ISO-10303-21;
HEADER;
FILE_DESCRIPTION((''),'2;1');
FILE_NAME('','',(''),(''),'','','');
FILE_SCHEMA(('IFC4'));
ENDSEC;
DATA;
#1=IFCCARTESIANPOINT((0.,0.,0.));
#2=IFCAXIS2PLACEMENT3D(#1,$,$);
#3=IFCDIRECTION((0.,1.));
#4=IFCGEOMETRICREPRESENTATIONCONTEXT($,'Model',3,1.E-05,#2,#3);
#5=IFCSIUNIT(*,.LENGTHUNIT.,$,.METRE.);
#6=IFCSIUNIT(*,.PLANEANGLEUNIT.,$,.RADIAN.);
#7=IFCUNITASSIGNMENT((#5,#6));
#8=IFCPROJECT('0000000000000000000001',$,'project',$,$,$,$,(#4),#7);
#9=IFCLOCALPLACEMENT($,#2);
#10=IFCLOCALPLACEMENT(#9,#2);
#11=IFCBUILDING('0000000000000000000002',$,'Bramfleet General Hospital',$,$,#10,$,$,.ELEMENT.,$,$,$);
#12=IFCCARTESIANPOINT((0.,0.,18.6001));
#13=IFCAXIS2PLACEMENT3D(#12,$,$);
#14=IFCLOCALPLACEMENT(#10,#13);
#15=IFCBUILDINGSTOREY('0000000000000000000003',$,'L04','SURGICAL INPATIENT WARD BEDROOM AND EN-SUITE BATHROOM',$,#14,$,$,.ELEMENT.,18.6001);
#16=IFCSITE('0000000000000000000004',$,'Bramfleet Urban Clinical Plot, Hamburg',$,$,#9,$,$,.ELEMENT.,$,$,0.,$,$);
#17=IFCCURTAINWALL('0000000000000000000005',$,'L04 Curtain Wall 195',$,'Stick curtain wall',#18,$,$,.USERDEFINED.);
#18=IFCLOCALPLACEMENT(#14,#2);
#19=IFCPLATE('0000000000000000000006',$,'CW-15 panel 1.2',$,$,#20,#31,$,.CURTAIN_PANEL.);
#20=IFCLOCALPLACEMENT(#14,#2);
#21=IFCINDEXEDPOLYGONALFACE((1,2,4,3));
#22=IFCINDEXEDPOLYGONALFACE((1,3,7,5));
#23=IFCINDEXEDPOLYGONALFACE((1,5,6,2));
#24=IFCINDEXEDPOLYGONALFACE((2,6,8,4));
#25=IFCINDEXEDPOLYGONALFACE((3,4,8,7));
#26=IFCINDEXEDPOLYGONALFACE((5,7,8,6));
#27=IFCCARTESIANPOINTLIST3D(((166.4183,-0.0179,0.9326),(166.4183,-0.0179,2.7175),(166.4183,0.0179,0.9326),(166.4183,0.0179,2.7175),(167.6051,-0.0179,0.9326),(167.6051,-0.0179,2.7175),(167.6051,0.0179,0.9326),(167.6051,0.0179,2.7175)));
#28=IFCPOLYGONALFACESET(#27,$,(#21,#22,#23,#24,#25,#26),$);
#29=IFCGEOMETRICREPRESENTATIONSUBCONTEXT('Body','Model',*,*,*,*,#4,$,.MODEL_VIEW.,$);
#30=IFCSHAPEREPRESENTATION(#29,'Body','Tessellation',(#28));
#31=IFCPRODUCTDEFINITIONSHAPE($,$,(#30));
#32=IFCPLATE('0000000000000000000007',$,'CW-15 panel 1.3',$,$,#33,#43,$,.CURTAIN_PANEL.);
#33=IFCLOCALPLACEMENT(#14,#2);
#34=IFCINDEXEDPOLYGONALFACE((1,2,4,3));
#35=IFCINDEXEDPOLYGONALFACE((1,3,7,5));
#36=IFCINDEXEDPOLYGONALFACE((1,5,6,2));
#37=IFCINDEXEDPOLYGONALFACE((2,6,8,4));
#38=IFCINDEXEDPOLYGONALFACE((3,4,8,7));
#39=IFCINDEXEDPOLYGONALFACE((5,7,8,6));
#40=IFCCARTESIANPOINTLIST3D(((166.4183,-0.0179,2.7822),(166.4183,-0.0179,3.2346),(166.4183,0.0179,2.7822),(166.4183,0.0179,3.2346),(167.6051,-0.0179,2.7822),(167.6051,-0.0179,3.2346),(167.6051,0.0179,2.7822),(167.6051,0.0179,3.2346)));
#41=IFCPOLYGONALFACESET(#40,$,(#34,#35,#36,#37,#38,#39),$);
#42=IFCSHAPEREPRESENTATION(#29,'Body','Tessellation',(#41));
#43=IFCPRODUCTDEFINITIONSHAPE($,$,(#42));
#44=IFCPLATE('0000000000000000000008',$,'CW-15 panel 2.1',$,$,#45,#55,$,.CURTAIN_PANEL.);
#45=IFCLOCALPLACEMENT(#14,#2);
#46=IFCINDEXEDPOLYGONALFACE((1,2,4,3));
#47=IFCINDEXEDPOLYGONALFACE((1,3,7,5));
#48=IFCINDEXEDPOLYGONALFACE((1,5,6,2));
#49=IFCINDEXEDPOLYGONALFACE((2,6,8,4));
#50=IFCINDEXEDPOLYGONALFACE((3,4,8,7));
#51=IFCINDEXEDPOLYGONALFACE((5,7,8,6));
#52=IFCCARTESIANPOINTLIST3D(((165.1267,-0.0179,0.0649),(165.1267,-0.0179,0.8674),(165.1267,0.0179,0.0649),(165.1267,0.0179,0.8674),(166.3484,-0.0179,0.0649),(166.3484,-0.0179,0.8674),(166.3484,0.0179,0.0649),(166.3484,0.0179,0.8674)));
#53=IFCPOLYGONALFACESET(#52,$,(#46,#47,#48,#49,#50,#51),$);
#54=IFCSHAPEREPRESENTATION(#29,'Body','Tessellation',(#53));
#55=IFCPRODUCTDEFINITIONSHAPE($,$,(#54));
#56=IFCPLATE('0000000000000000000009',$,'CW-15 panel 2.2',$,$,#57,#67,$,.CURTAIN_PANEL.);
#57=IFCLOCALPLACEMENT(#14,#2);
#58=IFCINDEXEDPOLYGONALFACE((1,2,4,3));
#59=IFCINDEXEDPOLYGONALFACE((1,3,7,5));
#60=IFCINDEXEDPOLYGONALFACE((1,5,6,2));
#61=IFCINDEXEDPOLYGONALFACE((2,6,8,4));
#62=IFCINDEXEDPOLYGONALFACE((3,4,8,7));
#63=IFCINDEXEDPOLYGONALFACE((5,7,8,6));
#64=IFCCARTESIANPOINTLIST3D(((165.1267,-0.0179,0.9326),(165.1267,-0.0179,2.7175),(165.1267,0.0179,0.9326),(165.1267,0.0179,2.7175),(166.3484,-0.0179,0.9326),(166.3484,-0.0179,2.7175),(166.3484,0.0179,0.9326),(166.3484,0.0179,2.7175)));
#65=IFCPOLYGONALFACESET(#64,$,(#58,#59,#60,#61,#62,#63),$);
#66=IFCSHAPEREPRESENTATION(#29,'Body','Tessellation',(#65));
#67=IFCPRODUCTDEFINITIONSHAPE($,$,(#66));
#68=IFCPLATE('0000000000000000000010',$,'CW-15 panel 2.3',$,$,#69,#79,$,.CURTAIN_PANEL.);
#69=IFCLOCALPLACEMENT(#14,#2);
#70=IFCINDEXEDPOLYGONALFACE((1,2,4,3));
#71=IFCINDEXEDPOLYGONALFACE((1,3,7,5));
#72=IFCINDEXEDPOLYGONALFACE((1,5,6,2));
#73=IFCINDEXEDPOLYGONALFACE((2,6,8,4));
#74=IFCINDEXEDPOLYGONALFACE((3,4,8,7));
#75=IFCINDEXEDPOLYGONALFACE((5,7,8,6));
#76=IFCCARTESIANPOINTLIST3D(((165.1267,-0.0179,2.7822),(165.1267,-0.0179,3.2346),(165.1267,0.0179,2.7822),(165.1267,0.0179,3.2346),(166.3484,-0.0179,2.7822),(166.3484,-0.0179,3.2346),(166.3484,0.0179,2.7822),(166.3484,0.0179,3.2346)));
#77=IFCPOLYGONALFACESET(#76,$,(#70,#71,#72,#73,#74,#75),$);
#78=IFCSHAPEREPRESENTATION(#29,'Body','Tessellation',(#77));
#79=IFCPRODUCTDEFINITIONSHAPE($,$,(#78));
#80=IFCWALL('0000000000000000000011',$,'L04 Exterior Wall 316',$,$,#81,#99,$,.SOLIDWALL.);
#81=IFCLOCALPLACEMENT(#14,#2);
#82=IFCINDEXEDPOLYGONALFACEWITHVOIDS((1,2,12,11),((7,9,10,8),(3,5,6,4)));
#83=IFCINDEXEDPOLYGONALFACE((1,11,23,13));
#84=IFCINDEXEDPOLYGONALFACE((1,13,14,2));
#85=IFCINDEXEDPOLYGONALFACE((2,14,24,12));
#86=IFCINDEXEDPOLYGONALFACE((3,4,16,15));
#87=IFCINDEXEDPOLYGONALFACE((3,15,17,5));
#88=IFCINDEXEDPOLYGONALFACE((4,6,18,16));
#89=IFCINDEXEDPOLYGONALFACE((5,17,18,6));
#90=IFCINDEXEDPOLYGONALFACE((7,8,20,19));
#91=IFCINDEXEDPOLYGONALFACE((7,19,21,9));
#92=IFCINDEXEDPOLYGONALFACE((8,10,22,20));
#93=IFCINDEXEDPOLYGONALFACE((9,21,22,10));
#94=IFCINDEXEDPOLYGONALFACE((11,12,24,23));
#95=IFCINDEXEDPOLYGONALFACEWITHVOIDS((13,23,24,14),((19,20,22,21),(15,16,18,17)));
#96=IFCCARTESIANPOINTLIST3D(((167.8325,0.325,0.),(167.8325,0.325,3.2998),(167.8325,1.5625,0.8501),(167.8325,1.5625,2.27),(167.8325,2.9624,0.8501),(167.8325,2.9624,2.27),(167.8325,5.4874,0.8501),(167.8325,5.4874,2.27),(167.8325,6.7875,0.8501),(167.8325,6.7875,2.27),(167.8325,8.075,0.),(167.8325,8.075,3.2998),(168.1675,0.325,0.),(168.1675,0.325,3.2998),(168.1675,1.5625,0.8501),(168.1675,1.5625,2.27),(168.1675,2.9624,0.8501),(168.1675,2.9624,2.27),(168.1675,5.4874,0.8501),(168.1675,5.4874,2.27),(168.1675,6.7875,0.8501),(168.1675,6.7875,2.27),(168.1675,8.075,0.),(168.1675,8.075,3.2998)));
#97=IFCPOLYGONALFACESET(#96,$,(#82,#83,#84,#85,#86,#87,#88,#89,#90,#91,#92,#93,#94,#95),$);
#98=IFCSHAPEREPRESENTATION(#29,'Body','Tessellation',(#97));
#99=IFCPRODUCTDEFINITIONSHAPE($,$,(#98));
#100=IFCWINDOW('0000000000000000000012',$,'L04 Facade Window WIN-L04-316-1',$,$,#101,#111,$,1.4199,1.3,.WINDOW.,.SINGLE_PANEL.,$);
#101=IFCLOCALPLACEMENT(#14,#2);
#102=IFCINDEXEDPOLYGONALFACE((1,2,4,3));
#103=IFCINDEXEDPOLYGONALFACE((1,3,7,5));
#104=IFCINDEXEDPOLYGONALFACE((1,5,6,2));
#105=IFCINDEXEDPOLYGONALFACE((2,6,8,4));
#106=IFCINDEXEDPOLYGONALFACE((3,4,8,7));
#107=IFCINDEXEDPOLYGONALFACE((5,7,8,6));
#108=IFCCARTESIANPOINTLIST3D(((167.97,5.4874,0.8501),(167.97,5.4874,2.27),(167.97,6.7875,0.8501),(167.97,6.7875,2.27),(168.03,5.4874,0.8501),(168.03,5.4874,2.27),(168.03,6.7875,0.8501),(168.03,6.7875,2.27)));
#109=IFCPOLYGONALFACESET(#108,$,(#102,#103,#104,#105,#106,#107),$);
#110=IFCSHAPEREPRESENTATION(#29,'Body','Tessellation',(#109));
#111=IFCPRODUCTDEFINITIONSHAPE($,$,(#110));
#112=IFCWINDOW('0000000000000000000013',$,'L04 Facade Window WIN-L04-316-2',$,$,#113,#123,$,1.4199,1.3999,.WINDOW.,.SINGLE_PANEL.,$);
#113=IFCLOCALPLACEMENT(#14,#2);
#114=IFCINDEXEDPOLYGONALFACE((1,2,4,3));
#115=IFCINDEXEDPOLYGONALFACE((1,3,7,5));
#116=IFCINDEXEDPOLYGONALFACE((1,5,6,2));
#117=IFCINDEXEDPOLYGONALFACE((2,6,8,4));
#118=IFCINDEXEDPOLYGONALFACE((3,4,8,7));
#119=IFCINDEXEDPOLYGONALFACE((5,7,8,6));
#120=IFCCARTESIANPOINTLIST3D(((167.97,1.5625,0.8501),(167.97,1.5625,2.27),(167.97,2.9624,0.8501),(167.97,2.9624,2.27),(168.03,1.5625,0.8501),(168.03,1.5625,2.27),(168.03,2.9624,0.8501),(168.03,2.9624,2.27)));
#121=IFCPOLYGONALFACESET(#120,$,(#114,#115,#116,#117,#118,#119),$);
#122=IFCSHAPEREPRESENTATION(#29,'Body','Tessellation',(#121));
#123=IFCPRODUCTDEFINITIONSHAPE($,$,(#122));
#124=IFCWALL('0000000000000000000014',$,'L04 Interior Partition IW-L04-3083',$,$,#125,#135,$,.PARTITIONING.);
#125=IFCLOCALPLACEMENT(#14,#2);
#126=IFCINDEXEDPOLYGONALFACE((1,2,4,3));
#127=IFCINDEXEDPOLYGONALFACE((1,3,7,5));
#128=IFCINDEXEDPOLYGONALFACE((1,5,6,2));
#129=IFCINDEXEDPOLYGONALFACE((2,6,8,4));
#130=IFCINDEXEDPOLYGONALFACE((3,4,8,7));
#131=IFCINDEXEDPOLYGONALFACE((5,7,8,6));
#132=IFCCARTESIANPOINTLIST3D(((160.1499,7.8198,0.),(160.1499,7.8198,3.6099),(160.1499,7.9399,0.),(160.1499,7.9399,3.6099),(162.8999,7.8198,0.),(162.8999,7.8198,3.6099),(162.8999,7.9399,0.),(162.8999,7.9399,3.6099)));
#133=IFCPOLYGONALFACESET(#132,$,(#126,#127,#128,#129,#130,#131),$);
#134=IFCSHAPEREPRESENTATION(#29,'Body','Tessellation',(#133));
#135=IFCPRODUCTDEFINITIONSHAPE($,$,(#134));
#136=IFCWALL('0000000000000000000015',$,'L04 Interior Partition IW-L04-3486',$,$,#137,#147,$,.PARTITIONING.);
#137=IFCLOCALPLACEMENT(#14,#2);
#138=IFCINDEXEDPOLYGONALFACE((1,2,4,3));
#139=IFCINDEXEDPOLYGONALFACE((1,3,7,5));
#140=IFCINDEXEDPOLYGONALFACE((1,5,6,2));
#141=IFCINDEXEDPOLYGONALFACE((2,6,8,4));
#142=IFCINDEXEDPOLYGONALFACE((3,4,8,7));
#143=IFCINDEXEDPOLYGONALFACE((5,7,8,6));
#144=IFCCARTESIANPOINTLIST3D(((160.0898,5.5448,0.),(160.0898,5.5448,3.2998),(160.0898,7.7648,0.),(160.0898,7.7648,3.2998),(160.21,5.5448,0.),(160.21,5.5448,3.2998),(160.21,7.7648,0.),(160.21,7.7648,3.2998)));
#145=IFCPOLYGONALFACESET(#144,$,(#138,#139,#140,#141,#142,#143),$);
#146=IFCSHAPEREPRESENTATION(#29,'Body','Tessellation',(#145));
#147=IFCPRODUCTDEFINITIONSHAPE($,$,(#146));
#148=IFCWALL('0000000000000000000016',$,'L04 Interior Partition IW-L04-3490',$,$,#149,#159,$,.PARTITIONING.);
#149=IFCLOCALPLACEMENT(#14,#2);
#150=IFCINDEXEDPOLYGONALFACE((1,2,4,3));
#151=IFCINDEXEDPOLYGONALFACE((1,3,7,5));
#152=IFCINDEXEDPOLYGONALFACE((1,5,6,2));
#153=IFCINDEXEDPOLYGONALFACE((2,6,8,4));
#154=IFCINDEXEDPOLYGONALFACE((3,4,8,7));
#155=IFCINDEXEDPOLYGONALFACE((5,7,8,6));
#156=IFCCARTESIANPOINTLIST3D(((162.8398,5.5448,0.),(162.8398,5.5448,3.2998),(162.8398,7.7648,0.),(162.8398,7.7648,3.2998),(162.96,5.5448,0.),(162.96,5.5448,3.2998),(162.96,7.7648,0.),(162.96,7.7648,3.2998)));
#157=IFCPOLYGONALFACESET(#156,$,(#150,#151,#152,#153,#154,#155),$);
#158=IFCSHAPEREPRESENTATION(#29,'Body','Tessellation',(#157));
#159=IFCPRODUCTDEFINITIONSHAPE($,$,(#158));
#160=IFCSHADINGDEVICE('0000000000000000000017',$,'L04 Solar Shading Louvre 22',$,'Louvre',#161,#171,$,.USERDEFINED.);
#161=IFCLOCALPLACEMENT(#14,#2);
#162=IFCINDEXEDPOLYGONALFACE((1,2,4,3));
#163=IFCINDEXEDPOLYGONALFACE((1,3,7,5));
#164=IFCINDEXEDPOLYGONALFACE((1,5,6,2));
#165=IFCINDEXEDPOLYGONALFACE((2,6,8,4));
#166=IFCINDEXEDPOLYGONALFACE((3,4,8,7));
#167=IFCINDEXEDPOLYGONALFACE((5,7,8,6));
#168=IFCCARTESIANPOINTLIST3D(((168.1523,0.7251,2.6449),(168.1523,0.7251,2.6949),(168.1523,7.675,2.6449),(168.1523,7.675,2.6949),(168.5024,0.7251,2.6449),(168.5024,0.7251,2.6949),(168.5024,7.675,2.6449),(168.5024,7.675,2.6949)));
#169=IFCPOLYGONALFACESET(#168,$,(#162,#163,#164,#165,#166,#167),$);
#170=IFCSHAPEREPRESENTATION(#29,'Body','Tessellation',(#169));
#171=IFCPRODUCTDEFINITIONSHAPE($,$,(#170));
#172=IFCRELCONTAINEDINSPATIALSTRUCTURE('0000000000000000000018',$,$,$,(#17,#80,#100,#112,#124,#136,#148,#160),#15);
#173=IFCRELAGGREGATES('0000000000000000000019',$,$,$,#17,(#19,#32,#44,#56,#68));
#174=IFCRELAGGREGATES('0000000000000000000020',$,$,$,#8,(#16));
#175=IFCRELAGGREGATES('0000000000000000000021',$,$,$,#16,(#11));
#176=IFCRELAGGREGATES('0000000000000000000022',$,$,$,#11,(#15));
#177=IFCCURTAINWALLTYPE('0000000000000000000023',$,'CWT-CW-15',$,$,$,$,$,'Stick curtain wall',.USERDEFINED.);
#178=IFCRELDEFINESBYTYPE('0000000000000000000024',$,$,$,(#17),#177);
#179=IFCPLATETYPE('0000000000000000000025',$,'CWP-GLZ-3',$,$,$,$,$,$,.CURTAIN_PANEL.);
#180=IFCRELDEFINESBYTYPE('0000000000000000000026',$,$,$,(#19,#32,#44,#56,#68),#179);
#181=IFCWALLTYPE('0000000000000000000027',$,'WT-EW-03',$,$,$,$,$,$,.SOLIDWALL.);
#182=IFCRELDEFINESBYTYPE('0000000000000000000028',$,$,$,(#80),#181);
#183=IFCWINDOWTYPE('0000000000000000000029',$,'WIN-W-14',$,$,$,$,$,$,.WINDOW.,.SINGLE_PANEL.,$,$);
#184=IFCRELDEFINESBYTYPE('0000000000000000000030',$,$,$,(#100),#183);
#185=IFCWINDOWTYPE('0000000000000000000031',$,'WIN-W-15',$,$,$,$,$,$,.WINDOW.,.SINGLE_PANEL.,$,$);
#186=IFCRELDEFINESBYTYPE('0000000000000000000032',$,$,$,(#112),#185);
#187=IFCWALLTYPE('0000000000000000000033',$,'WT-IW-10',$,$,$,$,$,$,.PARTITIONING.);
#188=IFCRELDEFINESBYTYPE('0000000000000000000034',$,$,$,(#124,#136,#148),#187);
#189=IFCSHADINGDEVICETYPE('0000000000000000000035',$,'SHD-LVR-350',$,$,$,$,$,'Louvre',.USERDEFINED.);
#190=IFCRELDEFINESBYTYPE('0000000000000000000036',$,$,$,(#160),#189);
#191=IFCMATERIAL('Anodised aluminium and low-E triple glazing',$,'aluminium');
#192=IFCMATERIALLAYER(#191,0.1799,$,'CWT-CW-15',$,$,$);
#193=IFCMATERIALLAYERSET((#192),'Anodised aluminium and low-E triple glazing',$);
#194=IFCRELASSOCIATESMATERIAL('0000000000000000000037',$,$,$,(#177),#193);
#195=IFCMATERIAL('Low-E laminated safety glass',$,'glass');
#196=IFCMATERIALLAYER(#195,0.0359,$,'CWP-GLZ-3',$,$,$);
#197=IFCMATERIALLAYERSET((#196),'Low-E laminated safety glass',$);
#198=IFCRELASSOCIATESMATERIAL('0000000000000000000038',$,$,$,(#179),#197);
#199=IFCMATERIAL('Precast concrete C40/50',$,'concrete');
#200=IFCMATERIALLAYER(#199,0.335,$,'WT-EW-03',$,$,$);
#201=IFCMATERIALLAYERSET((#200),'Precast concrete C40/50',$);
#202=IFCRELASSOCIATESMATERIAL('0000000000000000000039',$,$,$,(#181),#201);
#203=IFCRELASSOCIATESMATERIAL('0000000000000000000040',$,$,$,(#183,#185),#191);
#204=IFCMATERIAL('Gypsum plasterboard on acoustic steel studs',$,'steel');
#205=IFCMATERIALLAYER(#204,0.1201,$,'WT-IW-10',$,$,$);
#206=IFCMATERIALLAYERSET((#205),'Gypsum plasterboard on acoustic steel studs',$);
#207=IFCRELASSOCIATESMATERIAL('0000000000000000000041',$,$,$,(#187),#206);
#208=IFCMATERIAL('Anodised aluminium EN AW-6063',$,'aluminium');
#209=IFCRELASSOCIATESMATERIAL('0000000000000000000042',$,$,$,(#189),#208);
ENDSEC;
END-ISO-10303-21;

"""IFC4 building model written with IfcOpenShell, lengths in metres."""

from ifc_helpers import new_model, si_unit, direction, frame, frame_2d, origin, origin_2d, place, context, subcontext, project, spatial, rectangle, extrude, material, layer, layer_set, material_profile, profile_set, type_object, element, fill, aggregate, save


model = new_model("IFC4")

# Units and contexts
model_context = context("Model", 3, precision=1e-05, world=origin(), true_north=direction((0.0, 1.0)))
body_context = subcontext(model_context, "Body", "Model", "MODEL_VIEW")
ifc_project = project(units=[si_unit("LENGTHUNIT", "METRE"), si_unit("PLANEANGLEUNIT", "RADIAN")], contexts=[model_context])

# Site, building, storey
site_placement = place(None, origin())
site = spatial("IfcSite", under=ifc_project, at=site_placement, Name="Bramfleet Urban Clinical Plot, Hamburg", CompositionType="ELEMENT", RefElevation=0.0)
building_placement = place(site_placement, origin())
building = spatial("IfcBuilding", under=site, at=building_placement, Name="Bramfleet General Hospital", CompositionType="ELEMENT")
storey_placement = place(building_placement, frame((0.0, 0.0, 18.6001)))
storey = spatial("IfcBuildingStorey", under=building, at=storey_placement, Name="L04", Description="SURGICAL INPATIENT WARD BEDROOM AND EN-SUITE BATHROOM", CompositionType="ELEMENT", Elevation=18.6001)

# Curtain wall, plates
ifc_material_1 = material(Name="Anodised aluminium and low-E triple glazing", Category="aluminium")
ifc_layer_1 = layer(ifc_material_1, 0.1799, Name="CWT-CW-15")
ifc_layer_set_1 = layer_set([ifc_layer_1], Name="Anodised aluminium and low-E triple glazing")
curtain_wall_type = type_object("IfcCurtainWallType", Name="CWT-CW-15", ElementType="Stick curtain wall", PredefinedType="USERDEFINED", material=ifc_layer_set_1)
curtain_wall_placement = place(storey_placement, origin())
curtain_wall = element("IfcCurtainWall", 1, at=curtain_wall_placement, inside=storey, type_object=curtain_wall_type, Name="L04 Curtain Wall 195", ObjectType="Stick curtain wall", PredefinedType="USERDEFINED")
ifc_material_2 = material(Name="Low-E laminated safety glass", Category="glass")
ifc_layer_2 = layer(ifc_material_2, 0.0359, Name="CWP-GLZ-3")
ifc_layer_set_2 = layer_set([ifc_layer_2], Name="Low-E laminated safety glass")
plate_type = type_object("IfcPlateType", Name="CWP-GLZ-3", PredefinedType="CURTAIN_PANEL", material=ifc_layer_set_2)
plate_1_placement = place(storey_placement, frame((167.0117, 0.0, 0.9326), z_axis=(0.0, 0.0, 1.0), x_axis=(-1.0, 0.0, 0.0)))
plate_1 = element("IfcPlate", 2, at=plate_1_placement, type_object=plate_type, Name="CW-15 panel 1.2", PredefinedType="CURTAIN_PANEL", context=body_context, shape_type="SweptSolid", body=[
    extrude(rectangle(XDim=1.1868, YDim=0.0359, at=origin_2d()), origin(), (0.0, 0.0, 1.0), 1.7849),
])
plate_2_placement = place(storey_placement, frame((167.0117, 0.0, 2.7822), z_axis=(0.0, 0.0, 1.0), x_axis=(-1.0, 0.0, 0.0)))
plate_2 = element("IfcPlate", 3, at=plate_2_placement, type_object=plate_type, Name="CW-15 panel 1.3", PredefinedType="CURTAIN_PANEL", context=body_context, shape_type="SweptSolid", body=[
    extrude(rectangle(XDim=1.1868, YDim=0.0359, at=origin_2d()), origin(), (0.0, 0.0, 1.0), 0.4524),
])
plate_3_placement = place(storey_placement, frame((165.7375, 0.0, 0.0649), z_axis=(0.0, 0.0, 1.0), x_axis=(-1.0, 0.0, 0.0)))
plate_3 = element("IfcPlate", 4, at=plate_3_placement, type_object=plate_type, Name="CW-15 panel 2.1", PredefinedType="CURTAIN_PANEL", context=body_context, shape_type="SweptSolid", body=[
    extrude(rectangle(XDim=1.2217, YDim=0.0359, at=origin_2d()), origin(), (0.0, 0.0, 1.0), 0.8025),
])
plate_4_placement = place(storey_placement, frame((165.7375, 0.0, 0.9326), z_axis=(0.0, 0.0, 1.0), x_axis=(-1.0, 0.0, 0.0)))
plate_4 = element("IfcPlate", 5, at=plate_4_placement, type_object=plate_type, Name="CW-15 panel 2.2", PredefinedType="CURTAIN_PANEL", context=body_context, shape_type="SweptSolid", body=[
    extrude(rectangle(XDim=1.2217, YDim=0.0359, at=origin_2d()), origin(), (0.0, 0.0, 1.0), 1.7849),
])
plate_5_placement = place(storey_placement, frame((165.7375, 0.0, 2.7822), z_axis=(0.0, 0.0, 1.0), x_axis=(-1.0, 0.0, 0.0)))
plate_5 = element("IfcPlate", 6, at=plate_5_placement, type_object=plate_type, Name="CW-15 panel 2.3", PredefinedType="CURTAIN_PANEL", context=body_context, shape_type="SweptSolid", body=[
    extrude(rectangle(XDim=1.2217, YDim=0.0359, at=origin_2d()), origin(), (0.0, 0.0, 1.0), 0.4524),
])
aggregate(curtain_wall, [plate_1, plate_2, plate_3, plate_4, plate_5])

# Wall, openings, windows
ifc_material_3 = material(Name="Precast concrete C40/50", Category="concrete")
ifc_layer_3 = layer(ifc_material_3, 0.335, Name="WT-EW-03")
ifc_layer_set_3 = layer_set([ifc_layer_3], Name="Precast concrete C40/50")
wall_type_1 = type_object("IfcWallType", Name="WT-EW-03", PredefinedType="SOLIDWALL", material=ifc_layer_set_3)
wall_1_placement = place(storey_placement, frame((168.0, 8.075, 0.0), z_axis=(0.0, 0.0, 1.0), x_axis=(0.0, -1.0, 0.0)))
wall_1 = element("IfcWall", 7, at=wall_1_placement, inside=storey, type_object=wall_type_1, Name="L04 Exterior Wall 316", PredefinedType="SOLIDWALL", context=body_context, shape_type="SweptSolid", body=[
    extrude(rectangle(XDim=7.75, YDim=0.335, at=frame_2d((3.875, 0.0))), origin(), (0.0, 0.0, 1.0), 3.2998),
])
opening_1_placement = place(wall_1_placement, frame((1.2876, 0.0, 0.8501)))
opening_1 = element("IfcOpeningElement", 8, at=opening_1_placement, cuts=wall_1, PredefinedType="OPENING", context=body_context, shape_type="SweptSolid", body=[
    extrude(rectangle(XDim=1.3, YDim=1.4199, at=frame_2d((0.6499, 0.71))), frame((0.0, 0.1775, 0.0), z_axis=(0.0, -1.0, 0.0), x_axis=(1.0, 0.0, 0.0)), (0.0, 0.0, 1.0), 0.355),
])
opening_2_placement = place(wall_1_placement, frame((5.1125, 0.0, 0.8501)))
opening_2 = element("IfcOpeningElement", 9, at=opening_2_placement, cuts=wall_1, PredefinedType="OPENING", context=body_context, shape_type="SweptSolid", body=[
    extrude(rectangle(XDim=1.3999, YDim=1.4199, at=frame_2d((0.7, 0.71))), frame((0.0, 0.1775, 0.0), z_axis=(0.0, -1.0, 0.0), x_axis=(1.0, 0.0, 0.0)), (0.0, 0.0, 1.0), 0.355),
])
window_type_1 = type_object("IfcWindowType", Name="WIN-W-14", PartitioningType="SINGLE_PANEL", PredefinedType="WINDOW", material=ifc_material_1)
window_1_placement = place(opening_1_placement, origin())
window_1 = element("IfcWindow", 10, at=window_1_placement, inside=storey, type_object=window_type_1, Name="L04 Facade Window WIN-L04-316-1", OverallHeight=1.4199, OverallWidth=1.3, PartitioningType="SINGLE_PANEL", PredefinedType="WINDOW", context=body_context, shape_type="SweptSolid", body=[
    extrude(rectangle(XDim=1.3, YDim=1.4199, at=frame_2d((0.6499, 0.71))), frame((0.0, 0.03, 0.0), z_axis=(0.0, -1.0, 0.0), x_axis=(1.0, 0.0, 0.0)), (0.0, 0.0, 1.0), 0.0601),
])
fill(opening_1, window_1)
window_type_2 = type_object("IfcWindowType", Name="WIN-W-15", PartitioningType="SINGLE_PANEL", PredefinedType="WINDOW", material=ifc_material_1)
window_2_placement = place(opening_2_placement, origin())
window_2 = element("IfcWindow", 11, at=window_2_placement, inside=storey, type_object=window_type_2, Name="L04 Facade Window WIN-L04-316-2", OverallHeight=1.4199, OverallWidth=1.3999, PartitioningType="SINGLE_PANEL", PredefinedType="WINDOW", context=body_context, shape_type="SweptSolid", body=[
    extrude(rectangle(XDim=1.3999, YDim=1.4199, at=frame_2d((0.7, 0.71))), frame((0.0, 0.03, 0.0), z_axis=(0.0, -1.0, 0.0), x_axis=(1.0, 0.0, 0.0)), (0.0, 0.0, 1.0), 0.0601),
])
fill(opening_2, window_2)

# Walls
ifc_material_4 = material(Name="Gypsum plasterboard on acoustic steel studs", Category="steel")
ifc_layer_4 = layer(ifc_material_4, 0.1201, Name="WT-IW-10")
ifc_layer_set_4 = layer_set([ifc_layer_4], Name="Gypsum plasterboard on acoustic steel studs")
wall_type_2 = type_object("IfcWallType", Name="WT-IW-10", PredefinedType="PARTITIONING", material=ifc_layer_set_4)
wall_2_placement = place(storey_placement, frame((160.1499, 7.8799, 0.0), z_axis=(0.0, 0.0, 1.0), x_axis=(1.0, 0.0, 0.0)))
element("IfcWall", 12, at=wall_2_placement, inside=storey, type_object=wall_type_2, Name="L04 Interior Partition IW-L04-3083", PredefinedType="PARTITIONING", context=body_context, shape_type="SweptSolid", body=[
    extrude(rectangle(XDim=2.75, YDim=0.1201, at=frame_2d((1.375, 0.0))), origin(), (0.0, 0.0, 1.0), 3.6099),
])
for number, where, z_axis, x_axis, name in (
    (13, (160.1499, 5.5449, 0.0), (0.0, 0.0, 1.0), (0.0, 1.0, 0.0), "L04 Interior Partition IW-L04-3486"),
    (14, (162.8999, 5.5449, 0.0), (0.0, 0.0, 1.0), (0.0, 1.0, 0.0), "L04 Interior Partition IW-L04-3490"),
):
    element("IfcWall", number, at=place(storey_placement, frame(where, z_axis=z_axis, x_axis=x_axis)), inside=storey, type_object=wall_type_2, Name=name, PredefinedType="PARTITIONING", context=body_context, shape_type="SweptSolid", body=[
        extrude(rectangle(XDim=2.22, YDim=0.1201, at=frame_2d((1.1099, 0.0))), origin(), (0.0, 0.0, 1.0), 3.2998),
    ])

# Shading device
ifc_material_5 = material(Name="Anodised aluminium EN AW-6063", Category="aluminium")
ifc_material_profile_1 = material_profile(ifc_material_5, rectangle(XDim=0.05, YDim=0.3501, at=origin_2d()), Name="ALU LOUVRE 350x50")
ifc_profile_set_1 = profile_set([ifc_material_profile_1], Name="Anodised aluminium EN AW-6063")
shading_device_type = type_object("IfcShadingDeviceType", Name="SHD-LVR-350", ElementType="Louvre", PredefinedType="USERDEFINED", material=ifc_profile_set_1)
shading_device_placement = place(storey_placement, frame((168.3274, 7.675, 2.6699), z_axis=(0.0, -1.0, 0.0), x_axis=(0.0, 0.0, 1.0)))
element("IfcShadingDevice", 15, at=shading_device_placement, inside=storey, type_object=shading_device_type, Name="L04 Solar Shading Louvre 22", ObjectType="Louvre", PredefinedType="USERDEFINED", context=body_context, shape_type="SweptSolid", body=[
    extrude(rectangle(XDim=0.05, YDim=0.3501, at=origin_2d()), origin(), (0.0, 0.0, 1.0), 6.95),
])

save(model, "model.ifc")
